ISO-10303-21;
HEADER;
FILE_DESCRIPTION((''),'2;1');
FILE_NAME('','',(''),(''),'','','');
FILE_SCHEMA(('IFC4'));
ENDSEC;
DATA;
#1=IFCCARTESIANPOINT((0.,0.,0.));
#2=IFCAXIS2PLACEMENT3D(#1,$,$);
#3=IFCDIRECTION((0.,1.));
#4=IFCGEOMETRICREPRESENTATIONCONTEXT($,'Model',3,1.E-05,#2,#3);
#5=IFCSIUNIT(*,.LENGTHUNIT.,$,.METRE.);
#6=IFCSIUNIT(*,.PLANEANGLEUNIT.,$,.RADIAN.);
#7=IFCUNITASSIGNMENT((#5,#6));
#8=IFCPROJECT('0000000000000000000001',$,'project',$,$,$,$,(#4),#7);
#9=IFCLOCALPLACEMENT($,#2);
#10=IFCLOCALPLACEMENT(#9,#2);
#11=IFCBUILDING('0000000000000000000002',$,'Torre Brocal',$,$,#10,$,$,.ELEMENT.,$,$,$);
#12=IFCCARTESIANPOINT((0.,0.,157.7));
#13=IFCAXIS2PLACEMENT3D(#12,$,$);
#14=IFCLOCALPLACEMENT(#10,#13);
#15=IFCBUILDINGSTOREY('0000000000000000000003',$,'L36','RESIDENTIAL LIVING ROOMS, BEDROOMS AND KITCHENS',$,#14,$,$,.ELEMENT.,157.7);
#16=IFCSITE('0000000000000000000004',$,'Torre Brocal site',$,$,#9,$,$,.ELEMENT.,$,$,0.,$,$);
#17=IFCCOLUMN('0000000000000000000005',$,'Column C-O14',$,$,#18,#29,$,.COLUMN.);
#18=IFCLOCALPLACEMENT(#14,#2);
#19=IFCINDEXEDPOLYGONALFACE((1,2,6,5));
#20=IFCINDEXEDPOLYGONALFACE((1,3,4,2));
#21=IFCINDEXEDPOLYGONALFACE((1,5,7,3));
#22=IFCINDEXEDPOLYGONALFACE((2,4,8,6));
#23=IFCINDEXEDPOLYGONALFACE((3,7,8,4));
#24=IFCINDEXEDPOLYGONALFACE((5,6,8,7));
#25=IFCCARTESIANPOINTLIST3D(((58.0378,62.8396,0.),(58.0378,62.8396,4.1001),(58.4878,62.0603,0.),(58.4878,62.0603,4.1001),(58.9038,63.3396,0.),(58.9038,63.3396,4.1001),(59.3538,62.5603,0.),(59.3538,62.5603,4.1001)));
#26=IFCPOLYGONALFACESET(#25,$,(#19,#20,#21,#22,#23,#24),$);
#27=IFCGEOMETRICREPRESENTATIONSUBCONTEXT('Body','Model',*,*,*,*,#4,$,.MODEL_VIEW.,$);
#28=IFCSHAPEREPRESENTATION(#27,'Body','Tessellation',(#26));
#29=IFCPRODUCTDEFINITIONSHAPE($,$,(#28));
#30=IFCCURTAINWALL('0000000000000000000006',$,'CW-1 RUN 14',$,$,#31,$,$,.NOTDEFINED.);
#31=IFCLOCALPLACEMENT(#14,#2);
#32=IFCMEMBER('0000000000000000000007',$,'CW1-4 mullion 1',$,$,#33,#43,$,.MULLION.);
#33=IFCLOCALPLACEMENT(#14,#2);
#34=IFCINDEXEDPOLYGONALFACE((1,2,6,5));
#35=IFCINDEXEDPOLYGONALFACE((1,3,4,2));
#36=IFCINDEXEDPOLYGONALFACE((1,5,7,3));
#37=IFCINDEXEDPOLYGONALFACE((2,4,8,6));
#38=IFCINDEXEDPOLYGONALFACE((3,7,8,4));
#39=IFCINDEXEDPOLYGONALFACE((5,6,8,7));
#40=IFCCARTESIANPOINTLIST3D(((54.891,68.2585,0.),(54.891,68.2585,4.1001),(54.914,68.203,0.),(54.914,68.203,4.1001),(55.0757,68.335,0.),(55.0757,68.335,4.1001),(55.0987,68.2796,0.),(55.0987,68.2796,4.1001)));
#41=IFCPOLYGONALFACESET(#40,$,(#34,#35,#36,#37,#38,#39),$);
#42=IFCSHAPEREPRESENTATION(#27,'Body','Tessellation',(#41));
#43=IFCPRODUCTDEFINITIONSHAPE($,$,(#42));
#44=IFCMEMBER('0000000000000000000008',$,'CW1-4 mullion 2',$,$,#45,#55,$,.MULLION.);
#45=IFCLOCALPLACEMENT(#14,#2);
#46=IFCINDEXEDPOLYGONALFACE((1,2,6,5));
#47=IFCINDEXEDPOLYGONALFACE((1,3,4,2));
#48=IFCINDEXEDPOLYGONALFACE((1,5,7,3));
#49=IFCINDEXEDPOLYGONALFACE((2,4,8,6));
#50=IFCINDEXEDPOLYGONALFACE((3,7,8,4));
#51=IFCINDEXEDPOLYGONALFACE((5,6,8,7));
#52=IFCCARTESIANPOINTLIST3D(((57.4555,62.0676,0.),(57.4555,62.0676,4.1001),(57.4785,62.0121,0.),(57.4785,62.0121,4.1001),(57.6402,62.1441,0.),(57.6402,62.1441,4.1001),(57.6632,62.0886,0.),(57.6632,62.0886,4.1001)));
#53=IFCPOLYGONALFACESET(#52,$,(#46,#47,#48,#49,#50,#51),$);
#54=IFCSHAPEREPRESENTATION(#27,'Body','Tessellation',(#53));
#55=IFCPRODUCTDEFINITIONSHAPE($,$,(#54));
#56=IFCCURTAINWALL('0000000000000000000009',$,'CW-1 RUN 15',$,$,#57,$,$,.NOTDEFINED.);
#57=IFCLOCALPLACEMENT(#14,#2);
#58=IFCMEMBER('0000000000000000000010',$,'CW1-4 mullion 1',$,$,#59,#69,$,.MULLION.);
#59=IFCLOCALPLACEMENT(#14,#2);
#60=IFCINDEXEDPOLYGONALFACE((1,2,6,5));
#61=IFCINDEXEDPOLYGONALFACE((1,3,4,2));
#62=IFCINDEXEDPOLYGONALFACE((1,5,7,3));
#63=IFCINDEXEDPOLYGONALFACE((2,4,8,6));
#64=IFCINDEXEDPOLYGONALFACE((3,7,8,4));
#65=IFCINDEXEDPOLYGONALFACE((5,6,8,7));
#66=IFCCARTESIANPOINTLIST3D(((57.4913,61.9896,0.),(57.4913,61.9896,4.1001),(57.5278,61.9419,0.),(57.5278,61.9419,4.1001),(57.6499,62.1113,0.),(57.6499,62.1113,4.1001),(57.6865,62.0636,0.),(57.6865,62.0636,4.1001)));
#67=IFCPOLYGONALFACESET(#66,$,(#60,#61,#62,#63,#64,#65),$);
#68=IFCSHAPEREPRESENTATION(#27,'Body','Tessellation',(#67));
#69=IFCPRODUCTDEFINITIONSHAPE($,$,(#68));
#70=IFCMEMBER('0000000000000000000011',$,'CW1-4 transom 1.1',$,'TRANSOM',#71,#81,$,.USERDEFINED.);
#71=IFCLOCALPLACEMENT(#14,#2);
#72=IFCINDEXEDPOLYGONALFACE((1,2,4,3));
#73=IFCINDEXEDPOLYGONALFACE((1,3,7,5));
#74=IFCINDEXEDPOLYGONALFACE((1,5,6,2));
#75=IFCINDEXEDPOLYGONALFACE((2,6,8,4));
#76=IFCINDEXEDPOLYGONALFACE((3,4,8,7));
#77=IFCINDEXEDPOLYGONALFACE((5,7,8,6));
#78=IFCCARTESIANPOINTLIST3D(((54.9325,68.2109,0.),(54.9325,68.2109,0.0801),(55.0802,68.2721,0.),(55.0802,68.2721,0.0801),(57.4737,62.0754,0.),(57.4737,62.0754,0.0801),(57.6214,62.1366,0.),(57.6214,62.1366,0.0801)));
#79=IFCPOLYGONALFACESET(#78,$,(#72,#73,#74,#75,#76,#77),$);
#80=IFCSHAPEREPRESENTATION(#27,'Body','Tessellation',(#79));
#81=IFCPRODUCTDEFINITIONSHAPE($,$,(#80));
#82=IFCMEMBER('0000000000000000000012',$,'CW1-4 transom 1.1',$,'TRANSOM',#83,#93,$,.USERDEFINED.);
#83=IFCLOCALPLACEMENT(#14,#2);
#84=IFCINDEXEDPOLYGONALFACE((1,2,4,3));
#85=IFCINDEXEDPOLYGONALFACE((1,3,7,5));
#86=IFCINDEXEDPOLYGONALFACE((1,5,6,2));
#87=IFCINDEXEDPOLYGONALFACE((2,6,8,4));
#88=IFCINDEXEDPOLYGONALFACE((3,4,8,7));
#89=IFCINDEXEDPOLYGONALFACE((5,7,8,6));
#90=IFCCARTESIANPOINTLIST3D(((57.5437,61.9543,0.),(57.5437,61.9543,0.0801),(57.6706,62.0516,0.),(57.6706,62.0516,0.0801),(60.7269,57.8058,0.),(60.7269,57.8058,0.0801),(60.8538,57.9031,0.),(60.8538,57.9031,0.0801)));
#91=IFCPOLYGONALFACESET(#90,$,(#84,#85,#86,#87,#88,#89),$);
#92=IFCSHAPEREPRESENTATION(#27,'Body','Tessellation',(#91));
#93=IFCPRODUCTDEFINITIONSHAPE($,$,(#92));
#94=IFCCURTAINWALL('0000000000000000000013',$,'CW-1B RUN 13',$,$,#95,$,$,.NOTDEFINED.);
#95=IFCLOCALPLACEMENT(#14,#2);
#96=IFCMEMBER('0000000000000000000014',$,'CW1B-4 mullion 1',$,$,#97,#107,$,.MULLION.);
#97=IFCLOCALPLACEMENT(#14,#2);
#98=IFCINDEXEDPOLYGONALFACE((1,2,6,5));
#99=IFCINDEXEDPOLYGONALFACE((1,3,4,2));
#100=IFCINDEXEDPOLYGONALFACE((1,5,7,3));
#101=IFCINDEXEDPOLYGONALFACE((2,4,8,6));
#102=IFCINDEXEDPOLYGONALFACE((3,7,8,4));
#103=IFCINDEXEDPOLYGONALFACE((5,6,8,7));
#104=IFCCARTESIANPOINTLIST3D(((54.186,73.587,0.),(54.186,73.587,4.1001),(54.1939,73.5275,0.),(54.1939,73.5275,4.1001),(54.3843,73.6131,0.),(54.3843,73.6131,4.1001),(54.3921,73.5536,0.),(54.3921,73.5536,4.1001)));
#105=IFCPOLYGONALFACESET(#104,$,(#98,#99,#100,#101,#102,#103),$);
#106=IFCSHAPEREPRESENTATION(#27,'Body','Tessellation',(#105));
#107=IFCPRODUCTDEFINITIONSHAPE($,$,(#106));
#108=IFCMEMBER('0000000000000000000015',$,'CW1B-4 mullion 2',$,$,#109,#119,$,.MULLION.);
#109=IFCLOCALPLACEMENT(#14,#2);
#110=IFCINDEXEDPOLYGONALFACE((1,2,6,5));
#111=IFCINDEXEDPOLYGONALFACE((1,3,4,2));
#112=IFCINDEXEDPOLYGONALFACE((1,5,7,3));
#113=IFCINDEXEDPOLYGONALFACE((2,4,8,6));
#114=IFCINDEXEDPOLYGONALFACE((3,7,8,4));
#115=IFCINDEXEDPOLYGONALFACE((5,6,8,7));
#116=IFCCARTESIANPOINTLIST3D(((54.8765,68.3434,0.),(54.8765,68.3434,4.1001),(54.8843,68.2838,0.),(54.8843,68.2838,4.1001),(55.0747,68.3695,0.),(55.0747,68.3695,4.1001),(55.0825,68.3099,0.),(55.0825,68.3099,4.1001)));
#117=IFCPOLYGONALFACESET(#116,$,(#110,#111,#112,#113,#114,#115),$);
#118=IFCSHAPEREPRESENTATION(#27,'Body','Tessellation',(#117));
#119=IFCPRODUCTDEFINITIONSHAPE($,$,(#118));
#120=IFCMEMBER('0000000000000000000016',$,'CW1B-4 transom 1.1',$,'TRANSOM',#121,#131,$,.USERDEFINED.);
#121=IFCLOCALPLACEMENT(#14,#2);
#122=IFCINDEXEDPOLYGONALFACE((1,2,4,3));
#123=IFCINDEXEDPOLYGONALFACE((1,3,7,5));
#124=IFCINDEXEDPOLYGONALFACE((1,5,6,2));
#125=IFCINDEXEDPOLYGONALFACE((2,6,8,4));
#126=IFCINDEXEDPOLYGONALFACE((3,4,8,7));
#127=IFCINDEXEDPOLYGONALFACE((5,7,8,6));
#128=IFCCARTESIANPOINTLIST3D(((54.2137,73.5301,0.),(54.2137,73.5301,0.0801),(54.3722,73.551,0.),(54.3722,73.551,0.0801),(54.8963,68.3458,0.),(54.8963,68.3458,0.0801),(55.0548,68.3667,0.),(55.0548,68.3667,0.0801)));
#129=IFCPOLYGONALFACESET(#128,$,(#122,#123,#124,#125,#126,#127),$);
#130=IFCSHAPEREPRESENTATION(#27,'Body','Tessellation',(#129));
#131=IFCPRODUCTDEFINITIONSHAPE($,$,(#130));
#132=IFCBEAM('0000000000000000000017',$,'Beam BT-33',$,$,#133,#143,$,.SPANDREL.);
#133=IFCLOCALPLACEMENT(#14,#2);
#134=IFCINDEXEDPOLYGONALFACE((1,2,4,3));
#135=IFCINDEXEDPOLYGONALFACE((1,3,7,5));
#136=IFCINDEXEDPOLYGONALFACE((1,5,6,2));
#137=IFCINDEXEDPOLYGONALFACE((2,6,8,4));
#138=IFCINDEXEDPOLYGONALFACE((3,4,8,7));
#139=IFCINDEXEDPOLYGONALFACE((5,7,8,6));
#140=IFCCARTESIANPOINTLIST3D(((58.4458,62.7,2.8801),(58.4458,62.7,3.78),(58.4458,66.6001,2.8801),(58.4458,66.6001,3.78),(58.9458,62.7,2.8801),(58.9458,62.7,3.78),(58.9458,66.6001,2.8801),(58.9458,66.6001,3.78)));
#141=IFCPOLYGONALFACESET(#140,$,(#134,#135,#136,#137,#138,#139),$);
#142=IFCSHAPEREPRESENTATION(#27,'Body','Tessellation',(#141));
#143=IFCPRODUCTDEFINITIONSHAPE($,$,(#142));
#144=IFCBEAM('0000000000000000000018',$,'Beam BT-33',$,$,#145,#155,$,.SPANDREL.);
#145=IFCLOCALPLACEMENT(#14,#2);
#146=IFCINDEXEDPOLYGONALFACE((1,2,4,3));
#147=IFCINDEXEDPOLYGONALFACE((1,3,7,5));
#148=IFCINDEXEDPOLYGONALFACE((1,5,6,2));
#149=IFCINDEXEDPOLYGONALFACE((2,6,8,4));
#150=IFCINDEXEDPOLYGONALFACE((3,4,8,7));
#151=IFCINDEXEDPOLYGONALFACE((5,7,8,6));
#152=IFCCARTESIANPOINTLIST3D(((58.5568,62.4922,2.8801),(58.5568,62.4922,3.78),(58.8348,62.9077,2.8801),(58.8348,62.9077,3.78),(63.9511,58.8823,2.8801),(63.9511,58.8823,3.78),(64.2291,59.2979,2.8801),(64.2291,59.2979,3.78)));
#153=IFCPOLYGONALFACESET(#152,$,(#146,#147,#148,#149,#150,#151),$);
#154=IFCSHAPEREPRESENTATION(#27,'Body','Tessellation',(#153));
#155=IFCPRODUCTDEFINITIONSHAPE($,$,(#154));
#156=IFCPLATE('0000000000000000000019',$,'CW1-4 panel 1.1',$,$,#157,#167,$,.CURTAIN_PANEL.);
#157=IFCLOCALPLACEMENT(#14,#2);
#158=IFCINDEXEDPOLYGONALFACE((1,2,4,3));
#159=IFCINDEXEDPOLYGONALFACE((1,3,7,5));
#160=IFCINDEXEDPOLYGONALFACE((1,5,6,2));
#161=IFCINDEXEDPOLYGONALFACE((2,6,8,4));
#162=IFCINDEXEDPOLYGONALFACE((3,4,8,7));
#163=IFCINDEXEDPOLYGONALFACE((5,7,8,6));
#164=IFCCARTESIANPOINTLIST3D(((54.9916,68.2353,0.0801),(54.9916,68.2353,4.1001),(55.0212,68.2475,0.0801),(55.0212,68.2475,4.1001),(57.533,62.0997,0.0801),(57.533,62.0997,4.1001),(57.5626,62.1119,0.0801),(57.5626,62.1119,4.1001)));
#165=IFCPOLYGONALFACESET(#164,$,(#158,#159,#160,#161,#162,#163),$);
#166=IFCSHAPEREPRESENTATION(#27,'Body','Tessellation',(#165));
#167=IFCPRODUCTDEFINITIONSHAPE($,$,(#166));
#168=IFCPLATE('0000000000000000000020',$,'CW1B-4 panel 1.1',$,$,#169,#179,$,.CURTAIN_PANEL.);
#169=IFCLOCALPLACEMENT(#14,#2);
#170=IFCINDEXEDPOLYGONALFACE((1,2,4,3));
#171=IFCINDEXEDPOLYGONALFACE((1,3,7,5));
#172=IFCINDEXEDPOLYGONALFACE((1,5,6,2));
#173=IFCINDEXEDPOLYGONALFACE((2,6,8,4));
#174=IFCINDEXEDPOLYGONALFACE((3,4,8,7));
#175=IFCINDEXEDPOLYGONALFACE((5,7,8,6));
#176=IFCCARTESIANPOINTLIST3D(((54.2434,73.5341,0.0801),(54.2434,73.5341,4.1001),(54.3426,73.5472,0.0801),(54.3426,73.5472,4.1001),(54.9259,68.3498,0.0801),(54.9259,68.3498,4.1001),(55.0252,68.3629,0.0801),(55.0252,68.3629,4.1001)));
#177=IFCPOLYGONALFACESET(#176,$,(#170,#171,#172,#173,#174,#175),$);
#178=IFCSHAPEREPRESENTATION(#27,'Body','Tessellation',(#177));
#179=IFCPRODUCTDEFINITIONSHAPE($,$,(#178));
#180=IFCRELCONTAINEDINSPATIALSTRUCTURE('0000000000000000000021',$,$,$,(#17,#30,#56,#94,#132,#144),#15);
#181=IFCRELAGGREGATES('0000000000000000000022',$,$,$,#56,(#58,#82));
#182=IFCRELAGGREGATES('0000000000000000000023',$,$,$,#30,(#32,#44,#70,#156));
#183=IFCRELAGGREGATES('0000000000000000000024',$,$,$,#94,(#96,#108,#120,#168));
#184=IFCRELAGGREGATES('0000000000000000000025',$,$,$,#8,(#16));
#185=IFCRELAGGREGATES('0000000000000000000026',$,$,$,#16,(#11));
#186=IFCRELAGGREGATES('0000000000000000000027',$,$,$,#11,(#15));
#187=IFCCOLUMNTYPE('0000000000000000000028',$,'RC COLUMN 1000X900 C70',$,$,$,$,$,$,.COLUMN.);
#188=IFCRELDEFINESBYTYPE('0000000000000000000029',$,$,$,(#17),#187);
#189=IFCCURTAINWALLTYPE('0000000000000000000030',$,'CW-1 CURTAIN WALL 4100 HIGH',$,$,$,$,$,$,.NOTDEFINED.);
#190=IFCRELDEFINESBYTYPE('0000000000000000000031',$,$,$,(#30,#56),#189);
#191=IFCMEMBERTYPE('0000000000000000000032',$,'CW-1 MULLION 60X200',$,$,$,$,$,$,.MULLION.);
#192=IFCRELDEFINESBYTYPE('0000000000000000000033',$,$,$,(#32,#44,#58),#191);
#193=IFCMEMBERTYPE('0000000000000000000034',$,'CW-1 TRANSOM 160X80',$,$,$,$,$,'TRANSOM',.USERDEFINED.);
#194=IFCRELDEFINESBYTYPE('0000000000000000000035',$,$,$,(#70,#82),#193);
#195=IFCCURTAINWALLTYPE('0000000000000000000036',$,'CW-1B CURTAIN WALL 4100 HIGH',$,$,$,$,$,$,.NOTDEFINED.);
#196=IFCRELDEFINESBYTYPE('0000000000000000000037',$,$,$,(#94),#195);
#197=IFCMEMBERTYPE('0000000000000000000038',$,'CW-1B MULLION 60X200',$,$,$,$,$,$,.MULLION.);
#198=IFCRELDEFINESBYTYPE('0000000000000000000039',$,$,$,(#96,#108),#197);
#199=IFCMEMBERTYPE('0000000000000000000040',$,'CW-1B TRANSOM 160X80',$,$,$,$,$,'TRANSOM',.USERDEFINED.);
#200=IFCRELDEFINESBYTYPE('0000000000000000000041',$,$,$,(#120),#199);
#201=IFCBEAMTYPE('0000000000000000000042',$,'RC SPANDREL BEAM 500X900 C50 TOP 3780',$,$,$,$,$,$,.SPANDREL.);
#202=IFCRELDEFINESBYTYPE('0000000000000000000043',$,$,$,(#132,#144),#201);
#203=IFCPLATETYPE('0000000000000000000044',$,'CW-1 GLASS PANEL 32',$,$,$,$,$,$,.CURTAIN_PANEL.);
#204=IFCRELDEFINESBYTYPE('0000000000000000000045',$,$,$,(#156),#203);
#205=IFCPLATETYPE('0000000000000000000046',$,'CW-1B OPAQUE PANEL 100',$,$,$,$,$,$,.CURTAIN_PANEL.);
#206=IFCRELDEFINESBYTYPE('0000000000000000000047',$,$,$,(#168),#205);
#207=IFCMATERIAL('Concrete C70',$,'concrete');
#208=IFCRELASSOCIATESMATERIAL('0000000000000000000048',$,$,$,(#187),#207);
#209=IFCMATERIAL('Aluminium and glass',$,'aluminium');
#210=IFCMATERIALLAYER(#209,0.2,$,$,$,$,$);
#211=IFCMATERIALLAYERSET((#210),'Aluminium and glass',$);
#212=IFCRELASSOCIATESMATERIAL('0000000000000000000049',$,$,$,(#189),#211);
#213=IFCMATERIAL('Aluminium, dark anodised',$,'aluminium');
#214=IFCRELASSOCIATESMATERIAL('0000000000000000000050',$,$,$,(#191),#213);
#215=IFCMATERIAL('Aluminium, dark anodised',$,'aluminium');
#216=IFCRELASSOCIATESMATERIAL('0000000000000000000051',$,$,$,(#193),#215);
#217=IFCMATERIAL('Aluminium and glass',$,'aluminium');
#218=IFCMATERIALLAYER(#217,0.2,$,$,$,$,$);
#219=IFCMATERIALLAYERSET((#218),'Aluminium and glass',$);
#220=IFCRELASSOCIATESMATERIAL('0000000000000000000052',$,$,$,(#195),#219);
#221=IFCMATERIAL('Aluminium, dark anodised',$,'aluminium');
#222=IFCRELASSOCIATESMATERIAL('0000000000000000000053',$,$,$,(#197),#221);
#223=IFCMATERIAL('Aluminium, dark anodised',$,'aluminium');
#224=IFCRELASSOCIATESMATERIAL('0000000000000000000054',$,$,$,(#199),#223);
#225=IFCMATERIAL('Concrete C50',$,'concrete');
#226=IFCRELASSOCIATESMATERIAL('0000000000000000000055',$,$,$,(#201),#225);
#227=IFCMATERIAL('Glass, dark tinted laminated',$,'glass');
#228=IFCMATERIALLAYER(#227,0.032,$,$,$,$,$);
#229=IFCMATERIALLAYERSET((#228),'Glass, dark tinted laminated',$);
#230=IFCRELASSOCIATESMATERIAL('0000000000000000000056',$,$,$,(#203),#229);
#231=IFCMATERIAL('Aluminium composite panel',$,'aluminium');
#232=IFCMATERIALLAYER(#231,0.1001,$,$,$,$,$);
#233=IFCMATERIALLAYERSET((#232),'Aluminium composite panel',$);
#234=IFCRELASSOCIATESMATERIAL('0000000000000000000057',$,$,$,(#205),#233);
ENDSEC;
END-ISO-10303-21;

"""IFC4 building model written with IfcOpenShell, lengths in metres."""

from ifc_helpers import new_model, si_unit, direction, frame, origin, origin_2d, place, context, subcontext, project, spatial, rectangle, extrude, material, layer, layer_set, material_profile, profile_set, type_object, element, aggregate, save


model = new_model("IFC4")

# Units and contexts
model_context = context("Model", 3, precision=1e-05, world=origin(), true_north=direction((0.0, 1.0)))
body_context = subcontext(model_context, "Body", "Model", "MODEL_VIEW")
ifc_project = project(units=[si_unit("LENGTHUNIT", "METRE"), si_unit("PLANEANGLEUNIT", "RADIAN")], contexts=[model_context])

# Site, building, storey
site_placement = place(None, origin())
site = spatial("IfcSite", under=ifc_project, at=site_placement, Name="Torre Brocal site", CompositionType="ELEMENT", RefElevation=0.0)
building_placement = place(site_placement, origin())
building = spatial("IfcBuilding", under=site, at=building_placement, Name="Torre Brocal", CompositionType="ELEMENT")
storey_placement = place(building_placement, frame((0.0, 0.0, 157.7)))
storey = spatial("IfcBuildingStorey", under=building, at=storey_placement, Name="L36", Description="RESIDENTIAL LIVING ROOMS, BEDROOMS AND KITCHENS", CompositionType="ELEMENT", Elevation=157.7)

# Column
ifc_material_1 = material(Name="Concrete C70", Category="concrete")
ifc_material_profile_1 = material_profile(ifc_material_1, rectangle(XDim=1.0, YDim=0.8999, at=origin_2d()), Name="RC 1000X900")
ifc_profile_set_1 = profile_set([ifc_material_profile_1], Name="Concrete C70")
column_type = type_object("IfcColumnType", Name="RC COLUMN 1000X900 C70", PredefinedType="COLUMN", material=ifc_profile_set_1)
column_placement = place(storey_placement, frame((58.6958, 62.7, 0.0), z_axis=(0.0, 0.0, 1.0), x_axis=(-0.866025, -0.5, 0.0)))
element("IfcColumn", 1, at=column_placement, inside=storey, type_object=column_type, Name="Column C-O14", PredefinedType="COLUMN", context=body_context, shape_type="SweptSolid", body=[
    extrude(rectangle(XDim=1.0, YDim=0.8999, at=origin_2d()), origin(), (0.0, 0.0, 1.0), 4.1001),
])

# Curtain wall, members
ifc_material_2 = material(Name="Aluminium and glass", Category="aluminium")
ifc_layer_1 = layer(ifc_material_2, 0.2)
ifc_layer_set_1 = layer_set([ifc_layer_1], Name="Aluminium and glass")
curtain_wall_type_1 = type_object("IfcCurtainWallType", Name="CW-1 CURTAIN WALL 4100 HIGH", PredefinedType="NOTDEFINED", material=ifc_layer_set_1)
curtain_wall_1_placement = place(storey_placement, origin())
curtain_wall_1 = element("IfcCurtainWall", 2, at=curtain_wall_1_placement, inside=storey, type_object=curtain_wall_type_1, Name="CW-1 RUN 14", PredefinedType="NOTDEFINED")
ifc_material_3 = material(Name="Aluminium, dark anodised", Category="aluminium")
ifc_material_profile_2 = material_profile(ifc_material_3, rectangle(XDim=0.2, YDim=0.0601, at=origin_2d()), Name="CW-1 MULLION 60X200")
ifc_profile_set_2 = profile_set([ifc_material_profile_2], Name="Aluminium, dark anodised")
member_type_1 = type_object("IfcMemberType", Name="CW-1 MULLION 60X200", PredefinedType="MULLION", material=ifc_profile_set_2)
member_1_placement = place(storey_placement, frame((54.9949, 68.269, 0.0), z_axis=(0.0, 0.0, 1.0), x_axis=(0.92388, 0.382683, 0.0)))
member_1 = element("IfcMember", 3, at=member_1_placement, type_object=member_type_1, Name="CW1-4 mullion 1", PredefinedType="MULLION", context=body_context, shape_type="SweptSolid", body=[
    extrude(rectangle(XDim=0.2, YDim=0.0601, at=origin_2d()), origin(), (0.0, 0.0, 1.0), 4.1001),
])
member_2_placement = place(storey_placement, frame((57.5593, 62.0781, 0.0), z_axis=(0.0, 0.0, 1.0), x_axis=(0.92388, 0.382683, 0.0)))
member_2 = element("IfcMember", 4, at=member_2_placement, type_object=member_type_1, Name="CW1-4 mullion 2", PredefinedType="MULLION", context=body_context, shape_type="SweptSolid", body=[
    extrude(rectangle(XDim=0.2, YDim=0.0601, at=origin_2d()), origin(), (0.0, 0.0, 1.0), 4.1001),
])

# Curtain wall, member
curtain_wall_2_placement = place(storey_placement, origin())
curtain_wall_2 = element("IfcCurtainWall", 5, at=curtain_wall_2_placement, inside=storey, type_object=curtain_wall_type_1, Name="CW-1 RUN 15", PredefinedType="NOTDEFINED")
member_3_placement = place(storey_placement, frame((57.5889, 62.0266, 0.0), z_axis=(0.0, 0.0, 1.0), x_axis=(0.793353, 0.608761, 0.0)))
member_3 = element("IfcMember", 6, at=member_3_placement, type_object=member_type_1, Name="CW1-4 mullion 1", PredefinedType="MULLION", context=body_context, shape_type="SweptSolid", body=[
    extrude(rectangle(XDim=0.2, YDim=0.0601, at=origin_2d()), origin(), (0.0, 0.0, 1.0), 4.1001),
])

# Members
ifc_material_4 = material(Name="Aluminium, dark anodised", Category="aluminium")
ifc_material_profile_3 = material_profile(ifc_material_4, rectangle(XDim=0.1599, YDim=0.0801, at=origin_2d()), Name="CW-1 TRANSOM 160X80")
ifc_profile_set_3 = profile_set([ifc_material_profile_3], Name="Aluminium, dark anodised")
member_type_2 = type_object("IfcMemberType", Name="CW-1 TRANSOM 160X80", ElementType="TRANSOM", PredefinedType="USERDEFINED", material=ifc_profile_set_3)
member_4_placement = place(storey_placement, frame((55.0063, 68.2415, 0.04), z_axis=(0.382665, -0.923887, 0.0), x_axis=(0.923887, 0.382665, 0.0)))
member_4 = element("IfcMember", 7, at=member_4_placement, type_object=member_type_2, Name="CW1-4 transom 1.1", ObjectType="TRANSOM", PredefinedType="USERDEFINED", context=body_context, shape_type="SweptSolid", body=[
    extrude(rectangle(XDim=0.1599, YDim=0.0801, at=origin_2d()), origin(), (0.0, 0.0, 1.0), 6.6409),
])
member_5_placement = place(storey_placement, frame((57.6072, 62.0029, 0.04), z_axis=(0.608749, -0.793363, 0.0), x_axis=(0.793363, 0.608749, 0.0)))
member_5 = element("IfcMember", 8, at=member_5_placement, type_object=member_type_2, Name="CW1-4 transom 1.1", ObjectType="TRANSOM", PredefinedType="USERDEFINED", context=body_context, shape_type="SweptSolid", body=[
    extrude(rectangle(XDim=0.1599, YDim=0.0801, at=origin_2d()), origin(), (0.0, 0.0, 1.0), 5.229),
])
aggregate(curtain_wall_2, [member_3, member_5])

# Curtain wall, members
ifc_material_5 = material(Name="Aluminium and glass", Category="aluminium")
ifc_layer_2 = layer(ifc_material_5, 0.2)
ifc_layer_set_2 = layer_set([ifc_layer_2], Name="Aluminium and glass")
curtain_wall_type_2 = type_object("IfcCurtainWallType", Name="CW-1B CURTAIN WALL 4100 HIGH", PredefinedType="NOTDEFINED", material=ifc_layer_set_2)
curtain_wall_3_placement = place(storey_placement, origin())
curtain_wall_3 = element("IfcCurtainWall", 9, at=curtain_wall_3_placement, inside=storey, type_object=curtain_wall_type_2, Name="CW-1B RUN 13", PredefinedType="NOTDEFINED")
ifc_material_6 = material(Name="Aluminium, dark anodised", Category="aluminium")
ifc_material_profile_4 = material_profile(ifc_material_6, rectangle(XDim=0.2, YDim=0.0601, at=origin_2d()), Name="CW-1B MULLION 60X200")
ifc_profile_set_4 = profile_set([ifc_material_profile_4], Name="Aluminium, dark anodised")
member_type_3 = type_object("IfcMemberType", Name="CW-1B MULLION 60X200", PredefinedType="MULLION", material=ifc_profile_set_4)
member_6_placement = place(storey_placement, frame((54.2891, 73.5703, 0.0), z_axis=(0.0, 0.0, 1.0), x_axis=(0.991445, 0.130526, 0.0)))
member_6 = element("IfcMember", 10, at=member_6_placement, type_object=member_type_3, Name="CW1B-4 mullion 1", PredefinedType="MULLION", context=body_context, shape_type="SweptSolid", body=[
    extrude(rectangle(XDim=0.2, YDim=0.0601, at=origin_2d()), origin(), (0.0, 0.0, 1.0), 4.1001),
])
member_7_placement = place(storey_placement, frame((54.9795, 68.3267, 0.0), z_axis=(0.0, 0.0, 1.0), x_axis=(0.991445, 0.130526, 0.0)))
member_7 = element("IfcMember", 11, at=member_7_placement, type_object=member_type_3, Name="CW1B-4 mullion 2", PredefinedType="MULLION", context=body_context, shape_type="SweptSolid", body=[
    extrude(rectangle(XDim=0.2, YDim=0.0601, at=origin_2d()), origin(), (0.0, 0.0, 1.0), 4.1001),
])
ifc_material_7 = material(Name="Aluminium, dark anodised", Category="aluminium")
ifc_material_profile_5 = material_profile(ifc_material_7, rectangle(XDim=0.1599, YDim=0.0801, at=origin_2d()), Name="CW-1B TRANSOM 160X80")
ifc_profile_set_5 = profile_set([ifc_material_profile_5], Name="Aluminium, dark anodised")
member_type_4 = type_object("IfcMemberType", Name="CW-1B TRANSOM 160X80", ElementType="TRANSOM", PredefinedType="USERDEFINED", material=ifc_profile_set_5)
member_8_placement = place(storey_placement, frame((54.293, 73.5405, 0.04), z_axis=(0.130543, -0.991443, 0.0), x_axis=(0.991443, 0.130543, 0.0)))
member_8 = element("IfcMember", 12, at=member_8_placement, type_object=member_type_4, Name="CW1B-4 transom 1.1", ObjectType="TRANSOM", PredefinedType="USERDEFINED", context=body_context, shape_type="SweptSolid", body=[
    extrude(rectangle(XDim=0.1599, YDim=0.0801, at=origin_2d()), origin(), (0.0, 0.0, 1.0), 5.229),
])

# Beams
ifc_material_8 = material(Name="Concrete C50", Category="concrete")
ifc_material_profile_6 = material_profile(ifc_material_8, rectangle(XDim=0.5, YDim=0.8999, at=origin_2d()), Name="RC 500X900")
ifc_profile_set_6 = profile_set([ifc_material_profile_6], Name="Concrete C50")
beam_type = type_object("IfcBeamType", Name="RC SPANDREL BEAM 500X900 C50 TOP 3780", PredefinedType="SPANDREL", material=ifc_profile_set_6)
beam_1_placement = place(storey_placement, frame((58.6958, 62.7, 3.3301), z_axis=(0.0, 1.0, 0.0), x_axis=(-1.0, 0.0, 0.0)))
element("IfcBeam", 13, at=beam_1_placement, inside=storey, type_object=beam_type, Name="Beam BT-33", PredefinedType="SPANDREL", context=body_context, shape_type="SweptSolid", body=[
    extrude(rectangle(XDim=0.5, YDim=0.8999, at=origin_2d()), origin(), (0.0, 0.0, 1.0), 3.9001),
])
beam_2_placement = place(storey_placement, frame((58.6958, 62.7, 3.3301), z_axis=(0.831077, -0.556158, 0.0), x_axis=(0.556158, 0.831077, 0.0)))
element("IfcBeam", 14, at=beam_2_placement, inside=storey, type_object=beam_type, Name="Beam BT-33", PredefinedType="SPANDREL", context=body_context, shape_type="SweptSolid", body=[
    extrude(rectangle(XDim=0.5, YDim=0.8999, at=origin_2d()), origin(), (0.0, 0.0, 1.0), 6.4907),
])

# Plates
ifc_material_9 = material(Name="Glass, dark tinted laminated", Category="glass")
ifc_layer_3 = layer(ifc_material_9, 0.032)
ifc_layer_set_3 = layer_set([ifc_layer_3], Name="Glass, dark tinted laminated")
plate_type_1 = type_object("IfcPlateType", Name="CW-1 GLASS PANEL 32", PredefinedType="CURTAIN_PANEL", material=ifc_layer_set_3)
plate_1_placement = place(storey_placement, frame((56.2771, 65.1736, 0.0801), z_axis=(0.0, 0.0, 1.0), x_axis=(0.382683, -0.92388, 0.0)))
plate_1 = element("IfcPlate", 15, at=plate_1_placement, type_object=plate_type_1, Name="CW1-4 panel 1.1", PredefinedType="CURTAIN_PANEL", context=body_context, shape_type="SweptSolid", body=[
    extrude(rectangle(XDim=6.6411, YDim=0.032, at=origin_2d()), origin(), (0.0, 0.0, 1.0), 4.02),
])
aggregate(curtain_wall_1, [member_1, member_2, member_4, plate_1])
ifc_material_10 = material(Name="Aluminium composite panel", Category="aluminium")
ifc_layer_4 = layer(ifc_material_10, 0.1001)
ifc_layer_set_4 = layer_set([ifc_layer_4], Name="Aluminium composite panel")
plate_type_2 = type_object("IfcPlateType", Name="CW-1B OPAQUE PANEL 100", PredefinedType="CURTAIN_PANEL", material=ifc_layer_set_4)
plate_2_placement = place(storey_placement, frame((54.6343, 70.9485, 0.0801), z_axis=(0.0, 0.0, 1.0), x_axis=(0.130526, -0.991445, 0.0)))
plate_2 = element("IfcPlate", 16, at=plate_2_placement, type_object=plate_type_2, Name="CW1B-4 panel 1.1", PredefinedType="CURTAIN_PANEL", context=body_context, shape_type="SweptSolid", body=[
    extrude(rectangle(XDim=5.229, YDim=0.1001, at=origin_2d()), origin(), (0.0, 0.0, 1.0), 4.02),
])
aggregate(curtain_wall_3, [member_6, member_7, member_8, plate_2])

save(model, "model.ifc")
